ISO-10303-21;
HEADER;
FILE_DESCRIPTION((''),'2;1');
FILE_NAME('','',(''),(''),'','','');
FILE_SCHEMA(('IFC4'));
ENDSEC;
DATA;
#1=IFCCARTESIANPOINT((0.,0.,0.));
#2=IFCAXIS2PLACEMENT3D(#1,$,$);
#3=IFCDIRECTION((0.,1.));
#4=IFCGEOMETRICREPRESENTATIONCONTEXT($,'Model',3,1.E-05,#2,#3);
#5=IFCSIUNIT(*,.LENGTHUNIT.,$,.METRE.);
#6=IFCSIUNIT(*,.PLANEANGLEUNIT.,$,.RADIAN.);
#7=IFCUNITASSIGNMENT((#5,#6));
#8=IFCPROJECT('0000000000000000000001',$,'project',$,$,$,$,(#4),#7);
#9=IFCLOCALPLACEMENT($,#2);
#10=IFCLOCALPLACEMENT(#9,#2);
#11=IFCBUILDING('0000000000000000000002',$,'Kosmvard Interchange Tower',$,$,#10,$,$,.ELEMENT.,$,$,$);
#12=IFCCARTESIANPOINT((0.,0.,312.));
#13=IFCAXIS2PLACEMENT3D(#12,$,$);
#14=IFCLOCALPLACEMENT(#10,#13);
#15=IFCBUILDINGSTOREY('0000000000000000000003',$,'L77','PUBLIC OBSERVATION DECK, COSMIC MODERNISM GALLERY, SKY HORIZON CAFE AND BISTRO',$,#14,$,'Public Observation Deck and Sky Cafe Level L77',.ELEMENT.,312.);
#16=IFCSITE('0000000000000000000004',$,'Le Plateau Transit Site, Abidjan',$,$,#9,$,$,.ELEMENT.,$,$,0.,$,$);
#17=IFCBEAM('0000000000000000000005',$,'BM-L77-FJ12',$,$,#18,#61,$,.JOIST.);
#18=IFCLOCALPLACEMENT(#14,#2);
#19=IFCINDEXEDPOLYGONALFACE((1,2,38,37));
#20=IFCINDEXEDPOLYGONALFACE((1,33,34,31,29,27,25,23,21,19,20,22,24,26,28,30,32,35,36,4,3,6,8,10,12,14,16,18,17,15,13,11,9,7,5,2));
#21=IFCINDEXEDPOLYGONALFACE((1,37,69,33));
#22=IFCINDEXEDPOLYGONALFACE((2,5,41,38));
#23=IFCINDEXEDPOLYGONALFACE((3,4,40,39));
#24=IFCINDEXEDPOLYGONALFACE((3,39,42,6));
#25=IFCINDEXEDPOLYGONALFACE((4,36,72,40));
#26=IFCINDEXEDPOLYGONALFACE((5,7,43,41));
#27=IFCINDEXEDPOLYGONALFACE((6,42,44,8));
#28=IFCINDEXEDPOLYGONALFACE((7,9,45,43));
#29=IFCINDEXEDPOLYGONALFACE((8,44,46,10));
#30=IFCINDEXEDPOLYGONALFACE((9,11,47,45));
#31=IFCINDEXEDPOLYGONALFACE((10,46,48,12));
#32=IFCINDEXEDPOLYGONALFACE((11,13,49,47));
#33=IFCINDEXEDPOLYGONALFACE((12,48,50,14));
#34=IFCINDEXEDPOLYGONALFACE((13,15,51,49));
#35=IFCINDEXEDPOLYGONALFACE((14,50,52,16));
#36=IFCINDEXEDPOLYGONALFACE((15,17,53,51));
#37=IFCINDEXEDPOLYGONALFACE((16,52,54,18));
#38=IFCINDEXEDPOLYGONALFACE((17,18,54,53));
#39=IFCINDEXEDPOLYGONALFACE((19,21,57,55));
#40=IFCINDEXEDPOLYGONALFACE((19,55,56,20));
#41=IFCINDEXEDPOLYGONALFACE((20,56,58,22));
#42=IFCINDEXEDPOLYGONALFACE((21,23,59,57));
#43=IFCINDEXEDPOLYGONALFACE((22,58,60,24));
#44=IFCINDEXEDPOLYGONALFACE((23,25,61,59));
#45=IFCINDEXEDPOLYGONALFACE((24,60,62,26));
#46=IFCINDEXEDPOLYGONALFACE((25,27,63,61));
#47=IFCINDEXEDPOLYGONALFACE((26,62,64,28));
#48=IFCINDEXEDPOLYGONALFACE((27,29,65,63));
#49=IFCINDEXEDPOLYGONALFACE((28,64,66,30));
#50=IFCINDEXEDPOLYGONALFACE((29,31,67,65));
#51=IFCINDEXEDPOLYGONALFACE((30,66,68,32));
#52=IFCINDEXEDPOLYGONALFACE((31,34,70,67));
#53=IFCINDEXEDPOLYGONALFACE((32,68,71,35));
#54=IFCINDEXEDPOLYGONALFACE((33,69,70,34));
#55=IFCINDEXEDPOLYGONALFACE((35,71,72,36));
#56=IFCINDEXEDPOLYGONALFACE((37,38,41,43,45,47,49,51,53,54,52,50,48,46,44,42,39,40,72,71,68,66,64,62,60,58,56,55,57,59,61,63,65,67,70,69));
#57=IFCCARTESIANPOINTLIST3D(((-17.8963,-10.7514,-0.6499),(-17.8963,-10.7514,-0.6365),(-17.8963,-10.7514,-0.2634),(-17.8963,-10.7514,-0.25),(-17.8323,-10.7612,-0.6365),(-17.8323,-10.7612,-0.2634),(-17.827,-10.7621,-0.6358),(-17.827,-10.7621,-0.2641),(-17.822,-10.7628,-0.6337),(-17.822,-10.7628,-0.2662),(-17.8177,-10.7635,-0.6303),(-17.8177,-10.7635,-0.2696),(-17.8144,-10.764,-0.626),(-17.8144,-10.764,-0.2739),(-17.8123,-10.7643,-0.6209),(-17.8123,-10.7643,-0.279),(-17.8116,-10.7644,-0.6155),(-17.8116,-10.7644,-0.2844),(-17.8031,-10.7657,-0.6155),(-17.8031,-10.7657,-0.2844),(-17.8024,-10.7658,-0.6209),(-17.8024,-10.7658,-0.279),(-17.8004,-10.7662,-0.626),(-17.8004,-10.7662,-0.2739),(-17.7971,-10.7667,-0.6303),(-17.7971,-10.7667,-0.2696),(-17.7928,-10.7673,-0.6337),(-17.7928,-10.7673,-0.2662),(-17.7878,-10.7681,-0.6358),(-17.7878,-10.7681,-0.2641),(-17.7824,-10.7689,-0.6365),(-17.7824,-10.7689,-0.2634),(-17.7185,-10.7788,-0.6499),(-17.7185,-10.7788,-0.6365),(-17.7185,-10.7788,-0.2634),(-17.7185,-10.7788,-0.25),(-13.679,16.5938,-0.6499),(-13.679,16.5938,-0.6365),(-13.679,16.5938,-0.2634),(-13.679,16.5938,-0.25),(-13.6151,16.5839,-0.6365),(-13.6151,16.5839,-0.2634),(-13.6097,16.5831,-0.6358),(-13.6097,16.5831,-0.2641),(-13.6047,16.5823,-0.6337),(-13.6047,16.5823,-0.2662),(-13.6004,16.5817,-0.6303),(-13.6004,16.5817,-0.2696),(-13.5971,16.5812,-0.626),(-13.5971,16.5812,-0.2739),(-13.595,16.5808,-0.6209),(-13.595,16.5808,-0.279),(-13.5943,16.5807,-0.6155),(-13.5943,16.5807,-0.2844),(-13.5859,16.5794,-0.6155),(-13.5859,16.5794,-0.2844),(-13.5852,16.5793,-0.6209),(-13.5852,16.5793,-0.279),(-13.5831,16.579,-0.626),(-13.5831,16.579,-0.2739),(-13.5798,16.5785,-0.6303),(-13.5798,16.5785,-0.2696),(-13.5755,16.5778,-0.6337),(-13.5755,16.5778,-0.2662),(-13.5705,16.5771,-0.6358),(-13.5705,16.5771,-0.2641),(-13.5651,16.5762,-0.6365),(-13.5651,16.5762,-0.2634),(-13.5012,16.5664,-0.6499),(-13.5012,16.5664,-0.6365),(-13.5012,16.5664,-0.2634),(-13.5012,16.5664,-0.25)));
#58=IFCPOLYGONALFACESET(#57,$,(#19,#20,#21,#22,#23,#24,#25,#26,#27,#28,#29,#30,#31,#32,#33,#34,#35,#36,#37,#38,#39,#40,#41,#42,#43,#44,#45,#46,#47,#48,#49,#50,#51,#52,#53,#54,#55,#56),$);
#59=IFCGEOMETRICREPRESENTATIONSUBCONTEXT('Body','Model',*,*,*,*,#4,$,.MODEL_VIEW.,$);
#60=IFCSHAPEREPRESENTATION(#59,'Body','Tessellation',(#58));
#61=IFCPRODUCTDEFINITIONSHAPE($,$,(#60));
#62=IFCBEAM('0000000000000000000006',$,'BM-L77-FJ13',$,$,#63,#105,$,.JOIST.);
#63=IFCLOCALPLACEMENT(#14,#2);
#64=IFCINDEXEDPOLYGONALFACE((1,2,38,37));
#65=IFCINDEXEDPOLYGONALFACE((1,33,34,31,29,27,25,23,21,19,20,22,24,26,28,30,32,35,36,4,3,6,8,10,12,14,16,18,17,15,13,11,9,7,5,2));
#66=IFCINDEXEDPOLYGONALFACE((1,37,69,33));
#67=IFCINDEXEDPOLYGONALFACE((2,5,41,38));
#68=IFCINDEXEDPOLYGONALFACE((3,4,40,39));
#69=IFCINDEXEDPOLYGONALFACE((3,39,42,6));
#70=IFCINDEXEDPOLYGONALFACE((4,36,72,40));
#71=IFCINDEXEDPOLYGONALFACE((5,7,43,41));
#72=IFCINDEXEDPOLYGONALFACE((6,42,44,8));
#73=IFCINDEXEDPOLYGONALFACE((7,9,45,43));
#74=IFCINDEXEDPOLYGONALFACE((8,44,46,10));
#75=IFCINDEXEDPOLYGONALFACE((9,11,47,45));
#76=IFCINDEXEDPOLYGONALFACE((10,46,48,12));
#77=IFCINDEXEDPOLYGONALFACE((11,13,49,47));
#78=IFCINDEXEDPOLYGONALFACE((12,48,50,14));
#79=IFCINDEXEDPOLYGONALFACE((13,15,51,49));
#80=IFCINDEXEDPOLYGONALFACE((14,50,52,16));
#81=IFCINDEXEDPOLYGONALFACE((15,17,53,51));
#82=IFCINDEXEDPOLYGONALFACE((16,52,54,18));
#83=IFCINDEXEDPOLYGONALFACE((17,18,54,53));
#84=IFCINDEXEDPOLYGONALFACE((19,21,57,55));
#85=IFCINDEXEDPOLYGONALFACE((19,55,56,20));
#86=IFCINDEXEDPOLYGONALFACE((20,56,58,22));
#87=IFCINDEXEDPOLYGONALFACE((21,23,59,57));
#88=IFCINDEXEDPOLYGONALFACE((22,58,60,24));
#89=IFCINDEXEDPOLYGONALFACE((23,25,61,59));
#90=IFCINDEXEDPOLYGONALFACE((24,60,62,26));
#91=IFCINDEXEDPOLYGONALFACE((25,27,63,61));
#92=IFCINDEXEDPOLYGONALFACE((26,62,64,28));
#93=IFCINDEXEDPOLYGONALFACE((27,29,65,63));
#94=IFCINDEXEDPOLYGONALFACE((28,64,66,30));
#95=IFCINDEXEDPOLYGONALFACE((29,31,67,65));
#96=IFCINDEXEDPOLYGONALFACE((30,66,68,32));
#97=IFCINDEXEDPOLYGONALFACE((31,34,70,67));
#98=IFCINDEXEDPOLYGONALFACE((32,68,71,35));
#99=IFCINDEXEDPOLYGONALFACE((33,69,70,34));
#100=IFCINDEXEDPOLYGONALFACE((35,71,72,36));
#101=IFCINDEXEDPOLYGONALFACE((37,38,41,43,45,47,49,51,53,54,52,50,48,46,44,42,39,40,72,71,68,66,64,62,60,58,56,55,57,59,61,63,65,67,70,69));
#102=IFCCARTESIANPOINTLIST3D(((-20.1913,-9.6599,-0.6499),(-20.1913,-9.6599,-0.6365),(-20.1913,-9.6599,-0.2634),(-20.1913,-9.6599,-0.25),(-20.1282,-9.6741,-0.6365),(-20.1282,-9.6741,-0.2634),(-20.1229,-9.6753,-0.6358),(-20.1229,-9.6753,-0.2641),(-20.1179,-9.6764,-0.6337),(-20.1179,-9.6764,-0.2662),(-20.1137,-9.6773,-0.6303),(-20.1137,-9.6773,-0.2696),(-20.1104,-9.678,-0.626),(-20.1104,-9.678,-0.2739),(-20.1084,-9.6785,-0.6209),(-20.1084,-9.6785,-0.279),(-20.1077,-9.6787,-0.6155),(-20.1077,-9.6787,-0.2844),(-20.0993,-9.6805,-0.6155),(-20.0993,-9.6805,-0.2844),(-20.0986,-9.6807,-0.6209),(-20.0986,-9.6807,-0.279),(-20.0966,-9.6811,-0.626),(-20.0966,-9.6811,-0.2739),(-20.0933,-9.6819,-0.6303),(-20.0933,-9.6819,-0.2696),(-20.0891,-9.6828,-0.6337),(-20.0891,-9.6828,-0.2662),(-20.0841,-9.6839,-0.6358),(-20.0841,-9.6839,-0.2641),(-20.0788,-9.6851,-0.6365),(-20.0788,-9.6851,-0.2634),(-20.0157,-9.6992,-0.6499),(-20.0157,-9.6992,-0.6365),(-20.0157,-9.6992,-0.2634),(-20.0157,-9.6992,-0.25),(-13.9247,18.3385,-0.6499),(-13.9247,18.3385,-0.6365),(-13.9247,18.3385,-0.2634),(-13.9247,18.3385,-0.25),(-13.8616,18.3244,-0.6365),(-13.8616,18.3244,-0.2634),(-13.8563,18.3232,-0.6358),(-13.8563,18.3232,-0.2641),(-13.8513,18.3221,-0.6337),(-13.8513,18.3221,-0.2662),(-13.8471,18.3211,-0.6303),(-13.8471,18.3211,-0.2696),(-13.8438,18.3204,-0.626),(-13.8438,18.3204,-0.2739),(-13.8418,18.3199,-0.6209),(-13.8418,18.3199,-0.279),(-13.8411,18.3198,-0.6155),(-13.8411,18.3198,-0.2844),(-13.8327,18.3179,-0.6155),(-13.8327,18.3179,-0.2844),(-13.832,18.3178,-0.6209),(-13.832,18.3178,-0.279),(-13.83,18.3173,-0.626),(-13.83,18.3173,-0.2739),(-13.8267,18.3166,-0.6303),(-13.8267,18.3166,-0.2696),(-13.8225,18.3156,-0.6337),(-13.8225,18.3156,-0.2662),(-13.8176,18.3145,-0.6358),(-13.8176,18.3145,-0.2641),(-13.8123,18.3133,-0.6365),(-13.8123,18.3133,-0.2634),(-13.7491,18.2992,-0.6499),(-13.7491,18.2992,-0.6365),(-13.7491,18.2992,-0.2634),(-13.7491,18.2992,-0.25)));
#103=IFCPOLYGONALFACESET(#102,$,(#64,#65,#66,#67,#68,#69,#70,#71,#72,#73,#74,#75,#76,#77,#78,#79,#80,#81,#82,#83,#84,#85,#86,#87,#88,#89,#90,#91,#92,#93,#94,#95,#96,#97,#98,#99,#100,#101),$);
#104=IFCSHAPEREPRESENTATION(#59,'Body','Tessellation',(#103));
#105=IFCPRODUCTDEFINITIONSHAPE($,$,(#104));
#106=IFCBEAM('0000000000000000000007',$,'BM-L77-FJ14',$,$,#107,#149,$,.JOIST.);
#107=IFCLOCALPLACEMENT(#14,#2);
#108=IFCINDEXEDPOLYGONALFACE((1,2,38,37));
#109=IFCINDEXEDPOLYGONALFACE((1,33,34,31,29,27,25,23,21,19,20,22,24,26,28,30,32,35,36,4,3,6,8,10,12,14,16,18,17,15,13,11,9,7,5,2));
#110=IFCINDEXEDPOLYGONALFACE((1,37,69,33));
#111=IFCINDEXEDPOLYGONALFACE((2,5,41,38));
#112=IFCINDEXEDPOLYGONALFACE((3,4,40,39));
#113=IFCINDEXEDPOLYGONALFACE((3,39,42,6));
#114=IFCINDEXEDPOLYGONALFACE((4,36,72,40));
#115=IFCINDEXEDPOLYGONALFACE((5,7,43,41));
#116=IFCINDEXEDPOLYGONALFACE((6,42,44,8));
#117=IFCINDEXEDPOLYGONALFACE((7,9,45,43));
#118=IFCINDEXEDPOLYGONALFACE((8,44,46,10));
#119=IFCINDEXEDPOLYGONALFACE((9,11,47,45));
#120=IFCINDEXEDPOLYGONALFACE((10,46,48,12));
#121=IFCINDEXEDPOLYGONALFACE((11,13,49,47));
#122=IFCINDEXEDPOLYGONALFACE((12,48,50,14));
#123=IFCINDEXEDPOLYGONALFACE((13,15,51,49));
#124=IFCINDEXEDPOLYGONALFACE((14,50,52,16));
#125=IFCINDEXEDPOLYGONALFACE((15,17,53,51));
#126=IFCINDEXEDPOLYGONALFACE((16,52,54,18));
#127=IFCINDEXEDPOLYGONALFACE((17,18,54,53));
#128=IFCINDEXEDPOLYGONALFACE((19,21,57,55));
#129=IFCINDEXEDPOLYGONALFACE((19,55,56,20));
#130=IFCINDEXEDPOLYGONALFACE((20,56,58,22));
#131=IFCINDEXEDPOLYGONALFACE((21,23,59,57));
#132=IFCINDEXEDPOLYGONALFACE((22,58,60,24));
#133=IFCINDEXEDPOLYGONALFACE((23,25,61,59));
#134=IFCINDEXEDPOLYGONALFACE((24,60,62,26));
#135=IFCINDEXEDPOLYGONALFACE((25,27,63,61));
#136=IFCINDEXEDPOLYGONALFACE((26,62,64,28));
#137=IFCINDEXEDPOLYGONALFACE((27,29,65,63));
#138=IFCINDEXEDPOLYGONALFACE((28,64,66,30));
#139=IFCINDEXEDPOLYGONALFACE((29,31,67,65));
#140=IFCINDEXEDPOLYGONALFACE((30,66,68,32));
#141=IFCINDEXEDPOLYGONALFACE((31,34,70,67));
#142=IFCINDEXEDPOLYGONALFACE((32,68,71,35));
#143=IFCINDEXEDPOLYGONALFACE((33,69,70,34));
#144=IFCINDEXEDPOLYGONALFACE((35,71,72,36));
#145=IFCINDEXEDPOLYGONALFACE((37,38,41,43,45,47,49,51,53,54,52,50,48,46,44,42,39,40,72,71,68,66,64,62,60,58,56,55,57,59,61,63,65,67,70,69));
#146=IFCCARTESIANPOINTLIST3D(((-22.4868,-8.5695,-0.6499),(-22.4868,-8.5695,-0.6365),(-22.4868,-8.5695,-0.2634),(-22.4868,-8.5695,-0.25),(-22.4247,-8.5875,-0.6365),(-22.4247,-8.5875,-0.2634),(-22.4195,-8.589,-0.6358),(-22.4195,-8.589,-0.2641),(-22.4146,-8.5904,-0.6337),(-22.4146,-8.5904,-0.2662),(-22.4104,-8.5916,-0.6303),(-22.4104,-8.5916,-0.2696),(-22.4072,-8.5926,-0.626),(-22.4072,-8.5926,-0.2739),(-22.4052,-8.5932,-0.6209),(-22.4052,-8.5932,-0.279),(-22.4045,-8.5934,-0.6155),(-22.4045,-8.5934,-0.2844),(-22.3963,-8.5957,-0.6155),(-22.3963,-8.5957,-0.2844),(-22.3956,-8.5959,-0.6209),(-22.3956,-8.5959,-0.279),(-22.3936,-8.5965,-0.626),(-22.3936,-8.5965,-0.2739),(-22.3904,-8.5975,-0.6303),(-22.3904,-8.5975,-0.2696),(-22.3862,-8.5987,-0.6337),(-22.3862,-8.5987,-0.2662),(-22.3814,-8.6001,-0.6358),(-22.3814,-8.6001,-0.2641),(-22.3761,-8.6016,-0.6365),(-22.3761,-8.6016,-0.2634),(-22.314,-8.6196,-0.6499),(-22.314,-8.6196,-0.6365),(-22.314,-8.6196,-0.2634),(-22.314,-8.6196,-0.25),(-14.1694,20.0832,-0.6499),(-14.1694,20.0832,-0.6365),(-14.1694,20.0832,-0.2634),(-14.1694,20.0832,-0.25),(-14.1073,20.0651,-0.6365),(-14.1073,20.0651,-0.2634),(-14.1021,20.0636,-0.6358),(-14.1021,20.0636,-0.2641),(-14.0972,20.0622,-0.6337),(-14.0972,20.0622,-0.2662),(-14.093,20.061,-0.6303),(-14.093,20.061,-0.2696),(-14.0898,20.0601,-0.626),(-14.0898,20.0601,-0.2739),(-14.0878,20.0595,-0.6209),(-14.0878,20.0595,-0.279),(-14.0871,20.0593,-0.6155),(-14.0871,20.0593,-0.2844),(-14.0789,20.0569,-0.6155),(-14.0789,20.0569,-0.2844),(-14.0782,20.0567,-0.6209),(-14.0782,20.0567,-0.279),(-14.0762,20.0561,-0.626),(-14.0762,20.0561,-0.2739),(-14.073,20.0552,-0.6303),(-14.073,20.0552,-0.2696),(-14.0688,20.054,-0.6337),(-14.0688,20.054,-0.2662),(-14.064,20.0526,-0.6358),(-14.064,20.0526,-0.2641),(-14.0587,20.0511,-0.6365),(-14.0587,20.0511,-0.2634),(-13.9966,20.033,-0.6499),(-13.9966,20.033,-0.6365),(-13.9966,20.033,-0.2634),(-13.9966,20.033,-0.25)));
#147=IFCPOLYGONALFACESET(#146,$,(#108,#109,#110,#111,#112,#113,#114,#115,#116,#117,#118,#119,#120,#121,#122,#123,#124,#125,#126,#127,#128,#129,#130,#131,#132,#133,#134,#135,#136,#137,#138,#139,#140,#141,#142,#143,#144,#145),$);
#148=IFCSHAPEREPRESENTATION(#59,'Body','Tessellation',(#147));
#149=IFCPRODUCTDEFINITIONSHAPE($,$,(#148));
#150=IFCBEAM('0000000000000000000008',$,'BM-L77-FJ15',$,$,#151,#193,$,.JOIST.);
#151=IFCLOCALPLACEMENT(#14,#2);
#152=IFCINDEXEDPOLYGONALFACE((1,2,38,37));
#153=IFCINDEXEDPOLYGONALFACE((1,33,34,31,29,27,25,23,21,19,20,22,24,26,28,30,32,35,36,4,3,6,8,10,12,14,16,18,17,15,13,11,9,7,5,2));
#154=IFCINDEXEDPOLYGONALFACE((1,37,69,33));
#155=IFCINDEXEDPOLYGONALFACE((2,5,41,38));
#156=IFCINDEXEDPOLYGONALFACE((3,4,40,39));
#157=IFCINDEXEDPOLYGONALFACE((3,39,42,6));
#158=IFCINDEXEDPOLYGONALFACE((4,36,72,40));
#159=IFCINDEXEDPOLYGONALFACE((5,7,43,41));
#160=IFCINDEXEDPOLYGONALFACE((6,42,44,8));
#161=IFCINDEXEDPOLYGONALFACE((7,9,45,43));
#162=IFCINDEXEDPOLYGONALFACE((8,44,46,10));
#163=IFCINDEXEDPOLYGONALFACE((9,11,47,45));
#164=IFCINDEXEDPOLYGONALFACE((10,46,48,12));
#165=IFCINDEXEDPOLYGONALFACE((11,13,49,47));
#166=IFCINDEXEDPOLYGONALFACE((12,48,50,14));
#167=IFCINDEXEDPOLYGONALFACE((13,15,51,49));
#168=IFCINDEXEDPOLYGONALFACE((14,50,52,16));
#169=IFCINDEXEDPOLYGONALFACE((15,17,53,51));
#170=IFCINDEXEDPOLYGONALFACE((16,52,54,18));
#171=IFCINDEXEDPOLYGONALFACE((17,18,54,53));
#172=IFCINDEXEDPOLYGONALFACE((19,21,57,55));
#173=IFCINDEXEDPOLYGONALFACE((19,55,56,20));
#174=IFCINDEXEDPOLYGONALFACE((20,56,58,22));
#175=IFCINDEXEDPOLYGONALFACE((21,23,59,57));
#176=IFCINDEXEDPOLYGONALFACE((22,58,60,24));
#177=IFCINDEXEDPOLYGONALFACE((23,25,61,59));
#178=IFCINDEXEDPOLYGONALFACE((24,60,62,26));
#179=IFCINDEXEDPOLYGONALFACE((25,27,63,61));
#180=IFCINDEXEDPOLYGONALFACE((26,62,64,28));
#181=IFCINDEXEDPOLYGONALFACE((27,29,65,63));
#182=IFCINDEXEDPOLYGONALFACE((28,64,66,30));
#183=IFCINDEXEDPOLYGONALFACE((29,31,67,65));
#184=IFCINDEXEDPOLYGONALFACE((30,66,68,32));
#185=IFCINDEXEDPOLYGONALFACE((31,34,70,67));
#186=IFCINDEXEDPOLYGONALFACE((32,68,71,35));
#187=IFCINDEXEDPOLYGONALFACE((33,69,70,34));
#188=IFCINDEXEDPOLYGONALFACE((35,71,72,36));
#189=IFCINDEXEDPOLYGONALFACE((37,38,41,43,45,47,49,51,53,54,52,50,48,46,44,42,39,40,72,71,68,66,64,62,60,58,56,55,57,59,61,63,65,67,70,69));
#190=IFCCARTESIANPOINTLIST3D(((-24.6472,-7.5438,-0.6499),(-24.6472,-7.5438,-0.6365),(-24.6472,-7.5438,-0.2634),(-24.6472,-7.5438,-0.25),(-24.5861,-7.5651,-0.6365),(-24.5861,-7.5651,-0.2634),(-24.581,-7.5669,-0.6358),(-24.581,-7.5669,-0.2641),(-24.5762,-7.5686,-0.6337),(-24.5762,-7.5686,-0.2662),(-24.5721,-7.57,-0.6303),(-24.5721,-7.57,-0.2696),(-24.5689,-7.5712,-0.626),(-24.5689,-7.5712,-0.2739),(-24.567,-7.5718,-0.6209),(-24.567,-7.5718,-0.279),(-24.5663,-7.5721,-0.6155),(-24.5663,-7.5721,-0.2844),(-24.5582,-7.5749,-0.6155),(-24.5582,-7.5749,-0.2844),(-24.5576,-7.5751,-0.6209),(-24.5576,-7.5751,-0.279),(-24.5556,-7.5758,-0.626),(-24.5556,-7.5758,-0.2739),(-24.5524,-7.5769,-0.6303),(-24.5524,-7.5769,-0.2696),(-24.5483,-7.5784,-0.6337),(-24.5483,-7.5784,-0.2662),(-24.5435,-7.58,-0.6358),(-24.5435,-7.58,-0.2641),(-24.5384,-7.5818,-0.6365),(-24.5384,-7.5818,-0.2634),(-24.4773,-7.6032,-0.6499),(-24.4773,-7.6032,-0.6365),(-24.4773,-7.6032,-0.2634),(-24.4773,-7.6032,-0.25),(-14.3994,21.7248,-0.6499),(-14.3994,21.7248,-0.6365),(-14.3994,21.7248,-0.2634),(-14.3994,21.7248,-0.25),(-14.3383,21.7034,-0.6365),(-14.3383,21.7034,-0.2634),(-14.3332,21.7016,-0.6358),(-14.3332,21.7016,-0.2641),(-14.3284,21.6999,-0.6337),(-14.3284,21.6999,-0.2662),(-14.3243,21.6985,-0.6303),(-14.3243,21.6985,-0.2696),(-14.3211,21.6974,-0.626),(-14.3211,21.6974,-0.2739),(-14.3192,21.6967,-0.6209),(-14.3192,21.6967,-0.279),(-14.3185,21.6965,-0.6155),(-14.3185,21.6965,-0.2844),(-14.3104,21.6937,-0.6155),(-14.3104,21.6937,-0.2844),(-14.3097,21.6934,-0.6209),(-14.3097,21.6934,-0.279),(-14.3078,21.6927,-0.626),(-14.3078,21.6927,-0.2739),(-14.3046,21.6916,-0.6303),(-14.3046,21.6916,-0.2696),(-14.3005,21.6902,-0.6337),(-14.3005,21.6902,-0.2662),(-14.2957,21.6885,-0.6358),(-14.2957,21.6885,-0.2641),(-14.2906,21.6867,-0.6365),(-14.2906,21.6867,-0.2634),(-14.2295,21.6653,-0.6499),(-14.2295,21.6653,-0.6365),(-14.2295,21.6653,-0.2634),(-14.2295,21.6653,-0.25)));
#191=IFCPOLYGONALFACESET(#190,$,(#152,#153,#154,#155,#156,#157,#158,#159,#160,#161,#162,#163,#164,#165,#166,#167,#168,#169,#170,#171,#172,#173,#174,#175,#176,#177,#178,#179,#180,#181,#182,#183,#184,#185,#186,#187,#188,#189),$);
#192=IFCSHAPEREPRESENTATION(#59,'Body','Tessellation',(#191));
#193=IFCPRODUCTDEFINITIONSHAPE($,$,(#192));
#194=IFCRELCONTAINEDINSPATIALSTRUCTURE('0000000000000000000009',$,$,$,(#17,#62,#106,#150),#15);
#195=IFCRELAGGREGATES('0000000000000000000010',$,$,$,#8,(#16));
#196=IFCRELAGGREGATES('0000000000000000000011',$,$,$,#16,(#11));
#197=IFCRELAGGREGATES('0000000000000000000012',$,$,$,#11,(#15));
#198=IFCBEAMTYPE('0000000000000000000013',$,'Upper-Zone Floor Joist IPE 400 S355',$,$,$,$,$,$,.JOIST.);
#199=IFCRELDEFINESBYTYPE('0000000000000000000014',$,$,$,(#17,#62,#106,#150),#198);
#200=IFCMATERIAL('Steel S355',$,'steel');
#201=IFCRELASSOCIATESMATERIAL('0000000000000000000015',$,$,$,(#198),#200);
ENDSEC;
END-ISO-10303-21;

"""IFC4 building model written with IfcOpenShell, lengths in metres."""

from ifc_helpers import new_model, si_unit, direction, frame, origin, origin_2d, place, context, subcontext, project, spatial, i_section, extrude, source, transform, mapped, material, material_profile, profile_set, type_object, element, save


model = new_model("IFC4")

# Units and contexts
model_context = context("Model", 3, precision=1e-05, world=origin(), true_north=direction((0.0, 1.0)))
body_context = subcontext(model_context, "Body", "Model", "MODEL_VIEW")
ifc_project = project(units=[si_unit("LENGTHUNIT", "METRE"), si_unit("PLANEANGLEUNIT", "RADIAN")], contexts=[model_context])

# Site, building, storey
site_placement = place(None, origin())
site = spatial("IfcSite", under=ifc_project, at=site_placement, Name="Le Plateau Transit Site, Abidjan", CompositionType="ELEMENT", RefElevation=0.0)
building_placement = place(site_placement, origin())
building = spatial("IfcBuilding", under=site, at=building_placement, Name="Kosmvard Interchange Tower", CompositionType="ELEMENT")
storey_placement = place(building_placement, frame((0.0, 0.0, 312.0)))
storey = spatial("IfcBuildingStorey", under=building, at=storey_placement, Name="L77", Description="PUBLIC OBSERVATION DECK, COSMIC MODERNISM GALLERY, SKY HORIZON CAFE AND BISTRO", LongName="Public Observation Deck and Sky Cafe Level L77", CompositionType="ELEMENT", Elevation=312.0)

# Beams
ifc_material_1 = material(Name="Steel S355", Category="steel")
ifc_material_profile_1 = material_profile(ifc_material_1, i_section(OverallWidth=0.1799, OverallDepth=0.3999, WebThickness=0.0085, FlangeThickness=0.0134, FilletRadius=0.021, at=origin_2d()), Name="IPE 400")
ifc_profile_set_1 = profile_set([ifc_material_profile_1], Name="Steel S355")
beam_type_1 = type_object("IfcBeamType", Name="Upper-Zone Floor Joist IPE 400 S355", PredefinedType="JOIST", material=ifc_profile_set_1)
shared_shape_1 = source(origin(), body_context, "Body", "SweptSolid", [
    extrude(i_section(OverallWidth=0.1799, OverallDepth=0.3999, WebThickness=0.0085, FlangeThickness=0.0134, FilletRadius=0.021, at=origin_2d()), origin(), (0.0, 0.0, 1.0), 27.6685),
])
beam_1_placement = place(storey_placement, frame((-13.5901, 16.5801, -0.45), z_axis=(-0.152422, -0.988316, 0.0), x_axis=(0.988316, -0.152422, 0.0)))
element("IfcBeam", 1, at=beam_1_placement, inside=storey, type_object=beam_type_1, Name="BM-L77-FJ12", PredefinedType="JOIST", context=body_context, shape_type="MappedRepresentation", body=[
    mapped(shared_shape_1, transform((0.0, 0.0, 0.0), scale=1.0)),
])
shared_shape_2 = source(origin(), body_context, "Body", "SweptSolid", [
    extrude(i_section(OverallWidth=0.1799, OverallDepth=0.3999, WebThickness=0.0085, FlangeThickness=0.0134, FilletRadius=0.021, at=origin_2d()), origin(), (0.0, 0.0, 1.0), 28.6912),
])
beam_2_placement = place(storey_placement, frame((-13.8369, 18.3188, -0.45), z_axis=(-0.218415, -0.975856, 0.0), x_axis=(0.975856, -0.218415, 0.0)))
element("IfcBeam", 2, at=beam_2_placement, inside=storey, type_object=beam_type_1, Name="BM-L77-FJ13", PredefinedType="JOIST", context=body_context, shape_type="MappedRepresentation", body=[
    mapped(shared_shape_2, transform((0.0, 0.0, 0.0), scale=1.0)),
])
shared_shape_3 = source(origin(), body_context, "Body", "SweptSolid", [
    extrude(i_section(OverallWidth=0.1799, OverallDepth=0.3999, WebThickness=0.0085, FlangeThickness=0.0134, FilletRadius=0.021, at=origin_2d()), origin(), (0.0, 0.0, 1.0), 29.8354),
])
beam_3_placement = place(storey_placement, frame((-14.083, 20.0581, -0.45), z_axis=(-0.278776, -0.960356, 0.0), x_axis=(0.960356, -0.278776, 0.0)))
element("IfcBeam", 3, at=beam_3_placement, inside=storey, type_object=beam_type_1, Name="BM-L77-FJ14", PredefinedType="JOIST", context=body_context, shape_type="MappedRepresentation", body=[
    mapped(shared_shape_3, transform((0.0, 0.0, 0.0), scale=1.0)),
])
shared_shape_4 = source(origin(), body_context, "Body", "SweptSolid", [
    extrude(i_section(OverallWidth=0.1799, OverallDepth=0.3999, WebThickness=0.0085, FlangeThickness=0.0134, FilletRadius=0.021, at=origin_2d()), origin(), (0.0, 0.0, 1.0), 31.0107),
])
beam_4_placement = place(storey_placement, frame((-14.3145, 21.6951, -0.45), z_axis=(-0.33046, -0.94382, 0.0), x_axis=(0.94382, -0.33046, 0.0)))
element("IfcBeam", 4, at=beam_4_placement, inside=storey, type_object=beam_type_1, Name="BM-L77-FJ15", PredefinedType="JOIST", context=body_context, shape_type="MappedRepresentation", body=[
    mapped(shared_shape_4, transform((0.0, 0.0, 0.0), scale=1.0)),
])

save(model, "model.ifc")
